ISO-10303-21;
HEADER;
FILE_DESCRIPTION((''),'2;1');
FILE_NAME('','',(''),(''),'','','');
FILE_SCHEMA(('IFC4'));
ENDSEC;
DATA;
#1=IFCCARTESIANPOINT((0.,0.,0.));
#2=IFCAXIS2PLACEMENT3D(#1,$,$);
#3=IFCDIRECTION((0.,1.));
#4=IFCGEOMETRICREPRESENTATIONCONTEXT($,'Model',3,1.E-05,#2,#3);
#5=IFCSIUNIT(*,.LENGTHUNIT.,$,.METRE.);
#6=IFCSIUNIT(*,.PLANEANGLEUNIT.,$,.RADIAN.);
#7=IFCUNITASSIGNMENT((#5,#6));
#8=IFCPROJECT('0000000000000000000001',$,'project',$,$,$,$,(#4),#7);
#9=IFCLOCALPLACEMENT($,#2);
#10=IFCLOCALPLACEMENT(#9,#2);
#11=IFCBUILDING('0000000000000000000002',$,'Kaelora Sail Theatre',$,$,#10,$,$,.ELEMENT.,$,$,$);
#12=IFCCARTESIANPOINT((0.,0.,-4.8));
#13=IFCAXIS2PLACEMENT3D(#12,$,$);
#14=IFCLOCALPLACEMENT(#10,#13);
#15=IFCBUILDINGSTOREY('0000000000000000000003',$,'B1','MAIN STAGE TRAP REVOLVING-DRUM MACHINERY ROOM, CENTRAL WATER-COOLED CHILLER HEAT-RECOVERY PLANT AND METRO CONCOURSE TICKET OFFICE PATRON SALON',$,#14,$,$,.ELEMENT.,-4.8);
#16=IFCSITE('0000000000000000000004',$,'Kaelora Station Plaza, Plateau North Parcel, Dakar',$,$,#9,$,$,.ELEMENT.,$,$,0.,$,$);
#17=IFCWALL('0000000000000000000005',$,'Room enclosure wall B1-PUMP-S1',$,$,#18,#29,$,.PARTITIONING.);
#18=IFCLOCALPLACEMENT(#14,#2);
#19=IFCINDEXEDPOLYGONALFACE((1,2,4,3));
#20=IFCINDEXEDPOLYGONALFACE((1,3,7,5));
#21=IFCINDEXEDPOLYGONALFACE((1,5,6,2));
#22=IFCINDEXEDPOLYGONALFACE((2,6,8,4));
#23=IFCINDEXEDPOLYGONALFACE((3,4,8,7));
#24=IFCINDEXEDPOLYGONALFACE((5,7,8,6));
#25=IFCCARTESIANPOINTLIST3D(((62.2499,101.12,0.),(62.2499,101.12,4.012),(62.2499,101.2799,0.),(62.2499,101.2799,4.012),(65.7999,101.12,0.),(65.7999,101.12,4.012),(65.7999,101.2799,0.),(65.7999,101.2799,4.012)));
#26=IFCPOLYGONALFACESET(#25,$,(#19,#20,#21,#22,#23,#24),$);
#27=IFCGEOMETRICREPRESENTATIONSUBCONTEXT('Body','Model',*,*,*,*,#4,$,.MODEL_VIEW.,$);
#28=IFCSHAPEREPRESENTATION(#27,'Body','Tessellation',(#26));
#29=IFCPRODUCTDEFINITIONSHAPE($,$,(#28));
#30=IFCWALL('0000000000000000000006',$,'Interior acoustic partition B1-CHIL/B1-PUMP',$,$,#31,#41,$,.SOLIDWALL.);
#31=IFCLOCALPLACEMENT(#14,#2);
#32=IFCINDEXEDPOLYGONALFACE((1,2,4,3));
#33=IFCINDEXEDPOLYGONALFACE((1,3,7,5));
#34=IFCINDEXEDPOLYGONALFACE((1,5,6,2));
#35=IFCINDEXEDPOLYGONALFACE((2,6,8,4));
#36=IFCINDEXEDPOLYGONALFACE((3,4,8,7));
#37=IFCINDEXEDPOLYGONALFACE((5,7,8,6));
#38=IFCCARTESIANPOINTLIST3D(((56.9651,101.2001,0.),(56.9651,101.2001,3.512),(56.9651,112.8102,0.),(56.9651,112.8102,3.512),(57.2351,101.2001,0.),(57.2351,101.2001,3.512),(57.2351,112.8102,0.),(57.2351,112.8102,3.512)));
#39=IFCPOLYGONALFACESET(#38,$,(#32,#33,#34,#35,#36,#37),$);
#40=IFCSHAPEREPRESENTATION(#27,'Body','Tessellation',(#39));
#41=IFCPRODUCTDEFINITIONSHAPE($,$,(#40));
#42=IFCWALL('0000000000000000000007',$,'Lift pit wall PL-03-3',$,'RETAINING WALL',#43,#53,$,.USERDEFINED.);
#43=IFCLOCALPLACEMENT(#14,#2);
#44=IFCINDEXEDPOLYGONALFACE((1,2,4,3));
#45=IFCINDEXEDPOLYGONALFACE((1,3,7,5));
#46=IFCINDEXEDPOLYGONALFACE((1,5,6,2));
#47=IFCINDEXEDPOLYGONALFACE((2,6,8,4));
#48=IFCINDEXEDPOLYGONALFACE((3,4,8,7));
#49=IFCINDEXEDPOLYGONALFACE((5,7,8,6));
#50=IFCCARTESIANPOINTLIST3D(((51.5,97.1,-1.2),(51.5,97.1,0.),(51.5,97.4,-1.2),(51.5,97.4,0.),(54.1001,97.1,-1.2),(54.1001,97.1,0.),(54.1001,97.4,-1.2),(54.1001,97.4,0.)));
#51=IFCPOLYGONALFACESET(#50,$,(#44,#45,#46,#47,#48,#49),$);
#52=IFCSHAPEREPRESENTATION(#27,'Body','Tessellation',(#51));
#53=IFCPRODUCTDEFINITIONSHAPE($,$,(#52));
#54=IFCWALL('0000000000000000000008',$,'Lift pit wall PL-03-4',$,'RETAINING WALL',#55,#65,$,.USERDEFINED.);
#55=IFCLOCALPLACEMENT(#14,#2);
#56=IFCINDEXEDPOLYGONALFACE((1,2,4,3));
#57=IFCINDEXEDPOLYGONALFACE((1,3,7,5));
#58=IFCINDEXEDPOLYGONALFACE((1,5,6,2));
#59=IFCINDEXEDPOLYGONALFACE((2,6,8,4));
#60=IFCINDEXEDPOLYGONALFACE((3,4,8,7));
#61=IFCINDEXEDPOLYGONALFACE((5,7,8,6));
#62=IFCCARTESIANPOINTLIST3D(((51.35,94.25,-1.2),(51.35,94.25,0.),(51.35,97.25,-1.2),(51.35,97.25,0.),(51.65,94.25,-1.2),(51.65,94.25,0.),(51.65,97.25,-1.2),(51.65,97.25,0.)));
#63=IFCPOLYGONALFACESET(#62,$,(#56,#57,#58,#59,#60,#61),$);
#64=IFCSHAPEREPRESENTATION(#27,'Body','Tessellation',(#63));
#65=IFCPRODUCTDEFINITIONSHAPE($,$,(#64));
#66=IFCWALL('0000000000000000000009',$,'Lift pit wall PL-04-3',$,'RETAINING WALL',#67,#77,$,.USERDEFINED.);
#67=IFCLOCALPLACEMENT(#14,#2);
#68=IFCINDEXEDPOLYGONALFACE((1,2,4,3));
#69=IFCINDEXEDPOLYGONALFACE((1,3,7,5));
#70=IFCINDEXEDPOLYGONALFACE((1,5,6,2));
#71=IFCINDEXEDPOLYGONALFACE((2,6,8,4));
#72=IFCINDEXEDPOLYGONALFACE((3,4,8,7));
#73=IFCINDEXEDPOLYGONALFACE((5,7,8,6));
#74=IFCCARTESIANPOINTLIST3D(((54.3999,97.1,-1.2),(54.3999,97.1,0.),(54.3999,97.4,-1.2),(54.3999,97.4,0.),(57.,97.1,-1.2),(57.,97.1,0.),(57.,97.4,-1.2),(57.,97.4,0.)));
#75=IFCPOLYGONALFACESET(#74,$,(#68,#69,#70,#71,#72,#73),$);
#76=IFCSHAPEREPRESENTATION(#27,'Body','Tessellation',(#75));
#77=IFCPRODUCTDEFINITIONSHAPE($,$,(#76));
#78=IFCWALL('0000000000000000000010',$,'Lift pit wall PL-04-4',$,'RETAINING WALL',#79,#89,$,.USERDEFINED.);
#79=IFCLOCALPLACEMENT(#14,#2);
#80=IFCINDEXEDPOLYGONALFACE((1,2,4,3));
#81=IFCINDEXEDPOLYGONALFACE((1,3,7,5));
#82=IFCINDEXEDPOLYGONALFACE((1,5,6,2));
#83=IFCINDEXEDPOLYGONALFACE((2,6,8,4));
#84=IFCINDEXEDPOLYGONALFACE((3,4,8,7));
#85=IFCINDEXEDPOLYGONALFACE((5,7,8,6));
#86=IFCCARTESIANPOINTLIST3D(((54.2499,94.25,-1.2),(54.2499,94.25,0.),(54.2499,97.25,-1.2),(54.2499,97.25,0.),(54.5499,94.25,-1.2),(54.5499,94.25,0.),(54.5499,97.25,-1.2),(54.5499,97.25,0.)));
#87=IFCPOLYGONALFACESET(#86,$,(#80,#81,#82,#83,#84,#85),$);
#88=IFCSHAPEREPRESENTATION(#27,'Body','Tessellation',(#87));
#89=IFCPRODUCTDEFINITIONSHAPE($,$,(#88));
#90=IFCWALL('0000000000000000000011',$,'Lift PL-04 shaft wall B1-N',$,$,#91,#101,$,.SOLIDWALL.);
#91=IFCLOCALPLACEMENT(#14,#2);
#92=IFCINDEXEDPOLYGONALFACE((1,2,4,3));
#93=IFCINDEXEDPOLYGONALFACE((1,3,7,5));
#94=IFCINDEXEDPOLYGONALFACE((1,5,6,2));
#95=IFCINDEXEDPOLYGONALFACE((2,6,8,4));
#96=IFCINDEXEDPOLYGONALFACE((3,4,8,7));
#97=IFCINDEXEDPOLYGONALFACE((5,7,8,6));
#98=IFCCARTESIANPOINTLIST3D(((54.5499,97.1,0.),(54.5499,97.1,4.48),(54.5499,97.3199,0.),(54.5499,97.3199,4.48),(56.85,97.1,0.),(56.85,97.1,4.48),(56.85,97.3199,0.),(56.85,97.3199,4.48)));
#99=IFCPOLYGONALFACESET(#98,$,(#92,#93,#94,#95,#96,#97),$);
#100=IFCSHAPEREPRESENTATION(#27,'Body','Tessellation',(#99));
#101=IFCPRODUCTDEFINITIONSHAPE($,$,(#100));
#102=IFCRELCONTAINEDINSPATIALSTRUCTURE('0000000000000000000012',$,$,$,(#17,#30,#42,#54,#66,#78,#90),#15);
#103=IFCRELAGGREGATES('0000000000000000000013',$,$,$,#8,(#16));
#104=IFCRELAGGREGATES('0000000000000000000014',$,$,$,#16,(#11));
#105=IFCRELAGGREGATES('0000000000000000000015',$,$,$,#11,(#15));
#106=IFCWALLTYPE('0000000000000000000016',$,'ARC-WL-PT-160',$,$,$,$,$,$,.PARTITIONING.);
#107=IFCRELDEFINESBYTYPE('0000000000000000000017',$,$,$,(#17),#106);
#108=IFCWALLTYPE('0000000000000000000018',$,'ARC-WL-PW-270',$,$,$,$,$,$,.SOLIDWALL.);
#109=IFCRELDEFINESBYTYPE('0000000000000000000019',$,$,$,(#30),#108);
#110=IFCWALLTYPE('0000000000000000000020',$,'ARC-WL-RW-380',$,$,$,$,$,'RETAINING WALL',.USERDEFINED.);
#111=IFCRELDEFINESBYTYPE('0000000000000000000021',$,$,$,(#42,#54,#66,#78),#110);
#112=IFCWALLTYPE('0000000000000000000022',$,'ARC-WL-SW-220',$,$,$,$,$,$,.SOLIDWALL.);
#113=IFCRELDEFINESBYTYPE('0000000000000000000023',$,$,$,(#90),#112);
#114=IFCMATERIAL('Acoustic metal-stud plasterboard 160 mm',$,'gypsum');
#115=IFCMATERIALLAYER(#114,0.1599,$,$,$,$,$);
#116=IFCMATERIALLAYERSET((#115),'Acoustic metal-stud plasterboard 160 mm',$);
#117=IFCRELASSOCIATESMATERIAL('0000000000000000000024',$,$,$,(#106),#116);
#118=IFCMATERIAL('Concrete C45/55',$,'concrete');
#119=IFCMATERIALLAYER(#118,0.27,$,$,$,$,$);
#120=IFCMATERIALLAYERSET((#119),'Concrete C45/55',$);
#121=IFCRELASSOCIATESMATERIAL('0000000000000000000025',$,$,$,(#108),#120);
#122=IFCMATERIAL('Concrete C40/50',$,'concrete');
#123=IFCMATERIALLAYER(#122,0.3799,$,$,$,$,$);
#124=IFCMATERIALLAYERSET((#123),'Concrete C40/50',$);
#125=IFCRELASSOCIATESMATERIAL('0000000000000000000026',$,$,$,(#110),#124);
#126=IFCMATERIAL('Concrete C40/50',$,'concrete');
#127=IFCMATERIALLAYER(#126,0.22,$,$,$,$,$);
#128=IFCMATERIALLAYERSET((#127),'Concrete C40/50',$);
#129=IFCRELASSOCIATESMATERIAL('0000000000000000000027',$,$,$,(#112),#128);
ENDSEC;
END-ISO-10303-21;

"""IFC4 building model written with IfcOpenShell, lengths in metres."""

from ifc_helpers import new_model, si_unit, direction, frame, frame_2d, origin, place, context, subcontext, project, spatial, rectangle, extrude, material, layer, layer_set, type_object, element, save


model = new_model("IFC4")

# Units and contexts
model_context = context("Model", 3, precision=1e-05, world=origin(), true_north=direction((0.0, 1.0)))
body_context = subcontext(model_context, "Body", "Model", "MODEL_VIEW")
ifc_project = project(units=[si_unit("LENGTHUNIT", "METRE"), si_unit("PLANEANGLEUNIT", "RADIAN")], contexts=[model_context])

# Site, building, storey
site_placement = place(None, origin())
site = spatial("IfcSite", under=ifc_project, at=site_placement, Name="Kaelora Station Plaza, Plateau North Parcel, Dakar", CompositionType="ELEMENT", RefElevation=0.0)
building_placement = place(site_placement, origin())
building = spatial("IfcBuilding", under=site, at=building_placement, Name="Kaelora Sail Theatre", CompositionType="ELEMENT")
storey_placement = place(building_placement, frame((0.0, 0.0, -4.8)))
storey = spatial("IfcBuildingStorey", under=building, at=storey_placement, Name="B1", Description="MAIN STAGE TRAP REVOLVING-DRUM MACHINERY ROOM, CENTRAL WATER-COOLED CHILLER HEAT-RECOVERY PLANT AND METRO CONCOURSE TICKET OFFICE PATRON SALON", CompositionType="ELEMENT", Elevation=-4.8)

# Wall
ifc_material_1 = material(Name="Acoustic metal-stud plasterboard 160 mm", Category="gypsum")
ifc_layer_1 = layer(ifc_material_1, 0.1599)
ifc_layer_set_1 = layer_set([ifc_layer_1], Name="Acoustic metal-stud plasterboard 160 mm")
wall_type_1 = type_object("IfcWallType", Name="ARC-WL-PT-160", PredefinedType="PARTITIONING", material=ifc_layer_set_1)
wall_1_placement = place(storey_placement, frame((62.25, 101.2, 0.0), z_axis=(0.0, 0.0, 1.0), x_axis=(1.0, 0.0, 0.0)))
element("IfcWall", 1, at=wall_1_placement, inside=storey, type_object=wall_type_1, Name="Room enclosure wall B1-PUMP-S1", PredefinedType="PARTITIONING", context=body_context, shape_type="SweptSolid", body=[
    extrude(rectangle(XDim=3.55, YDim=0.1599, at=frame_2d((1.7749, 0.0))), origin(), (0.0, 0.0, 1.0), 4.012),
])

# Walls
ifc_material_2 = material(Name="Concrete C45/55", Category="concrete")
ifc_layer_2 = layer(ifc_material_2, 0.27)
ifc_layer_set_2 = layer_set([ifc_layer_2], Name="Concrete C45/55")
wall_type_2 = type_object("IfcWallType", Name="ARC-WL-PW-270", PredefinedType="SOLIDWALL", material=ifc_layer_set_2)
wall_2_placement = place(storey_placement, frame((57.1001, 101.2, 0.0), z_axis=(0.0, 0.0, 1.0), x_axis=(0.0, 1.0, 0.0)))
element("IfcWall", 2, at=wall_2_placement, inside=storey, type_object=wall_type_2, Name="Interior acoustic partition B1-CHIL/B1-PUMP", PredefinedType="SOLIDWALL", context=body_context, shape_type="SweptSolid", body=[
    extrude(rectangle(XDim=11.6101, YDim=0.27, at=frame_2d((5.8052, 0.0))), origin(), (0.0, 0.0, 1.0), 3.512),
])
ifc_material_3 = material(Name="Concrete C40/50", Category="concrete")
ifc_layer_3 = layer(ifc_material_3, 0.3799)
ifc_layer_set_3 = layer_set([ifc_layer_3], Name="Concrete C40/50")
wall_type_3 = type_object("IfcWallType", Name="ARC-WL-RW-380", ElementType="RETAINING WALL", PredefinedType="USERDEFINED", material=ifc_layer_set_3)
wall_3_placement = place(storey_placement, frame((54.1001, 97.25, -1.2), z_axis=(0.0, 0.0, 1.0), x_axis=(-1.0, 0.0, 0.0)))
element("IfcWall", 3, at=wall_3_placement, inside=storey, type_object=wall_type_3, Name="Lift pit wall PL-03-3", ObjectType="RETAINING WALL", PredefinedType="USERDEFINED", context=body_context, shape_type="SweptSolid", body=[
    extrude(rectangle(XDim=2.6001, YDim=0.3, at=frame_2d((1.3, 0.0))), origin(), (0.0, 0.0, 1.0), 1.2),
])
wall_4_placement = place(storey_placement, frame((51.5, 97.25, -1.2), z_axis=(0.0, 0.0, 1.0), x_axis=(0.0, -1.0, 0.0)))
element("IfcWall", 4, at=wall_4_placement, inside=storey, type_object=wall_type_3, Name="Lift pit wall PL-03-4", ObjectType="RETAINING WALL", PredefinedType="USERDEFINED", context=body_context, shape_type="SweptSolid", body=[
    extrude(rectangle(XDim=3.0, YDim=0.3, at=frame_2d((1.5, 0.0))), origin(), (0.0, 0.0, 1.0), 1.2),
])
wall_5_placement = place(storey_placement, frame((57.0, 97.25, -1.2), z_axis=(0.0, 0.0, 1.0), x_axis=(-1.0, 0.0, 0.0)))
element("IfcWall", 5, at=wall_5_placement, inside=storey, type_object=wall_type_3, Name="Lift pit wall PL-04-3", ObjectType="RETAINING WALL", PredefinedType="USERDEFINED", context=body_context, shape_type="SweptSolid", body=[
    extrude(rectangle(XDim=2.6001, YDim=0.3, at=frame_2d((1.3, 0.0))), origin(), (0.0, 0.0, 1.0), 1.2),
])
wall_6_placement = place(storey_placement, frame((54.3999, 97.25, -1.2), z_axis=(0.0, 0.0, 1.0), x_axis=(0.0, -1.0, 0.0)))
element("IfcWall", 6, at=wall_6_placement, inside=storey, type_object=wall_type_3, Name="Lift pit wall PL-04-4", ObjectType="RETAINING WALL", PredefinedType="USERDEFINED", context=body_context, shape_type="SweptSolid", body=[
    extrude(rectangle(XDim=3.0, YDim=0.3, at=frame_2d((1.5, 0.0))), origin(), (0.0, 0.0, 1.0), 1.2),
])
ifc_material_4 = material(Name="Concrete C40/50", Category="concrete")
ifc_layer_4 = layer(ifc_material_4, 0.22)
ifc_layer_set_4 = layer_set([ifc_layer_4], Name="Concrete C40/50")
wall_type_4 = type_object("IfcWallType", Name="ARC-WL-SW-220", PredefinedType="SOLIDWALL", material=ifc_layer_set_4)
wall_7_placement = place(storey_placement, frame((54.55, 97.21, 0.0), z_axis=(0.0, 0.0, 1.0), x_axis=(1.0, 0.0, 0.0)))
element("IfcWall", 7, at=wall_7_placement, inside=storey, type_object=wall_type_4, Name="Lift PL-04 shaft wall B1-N", PredefinedType="SOLIDWALL", context=body_context, shape_type="SweptSolid", body=[
    extrude(rectangle(XDim=2.3, YDim=0.22, at=frame_2d((1.1499, 0.0))), origin(), (0.0, 0.0, 1.0), 4.48),
])

save(model, "model.ifc")
